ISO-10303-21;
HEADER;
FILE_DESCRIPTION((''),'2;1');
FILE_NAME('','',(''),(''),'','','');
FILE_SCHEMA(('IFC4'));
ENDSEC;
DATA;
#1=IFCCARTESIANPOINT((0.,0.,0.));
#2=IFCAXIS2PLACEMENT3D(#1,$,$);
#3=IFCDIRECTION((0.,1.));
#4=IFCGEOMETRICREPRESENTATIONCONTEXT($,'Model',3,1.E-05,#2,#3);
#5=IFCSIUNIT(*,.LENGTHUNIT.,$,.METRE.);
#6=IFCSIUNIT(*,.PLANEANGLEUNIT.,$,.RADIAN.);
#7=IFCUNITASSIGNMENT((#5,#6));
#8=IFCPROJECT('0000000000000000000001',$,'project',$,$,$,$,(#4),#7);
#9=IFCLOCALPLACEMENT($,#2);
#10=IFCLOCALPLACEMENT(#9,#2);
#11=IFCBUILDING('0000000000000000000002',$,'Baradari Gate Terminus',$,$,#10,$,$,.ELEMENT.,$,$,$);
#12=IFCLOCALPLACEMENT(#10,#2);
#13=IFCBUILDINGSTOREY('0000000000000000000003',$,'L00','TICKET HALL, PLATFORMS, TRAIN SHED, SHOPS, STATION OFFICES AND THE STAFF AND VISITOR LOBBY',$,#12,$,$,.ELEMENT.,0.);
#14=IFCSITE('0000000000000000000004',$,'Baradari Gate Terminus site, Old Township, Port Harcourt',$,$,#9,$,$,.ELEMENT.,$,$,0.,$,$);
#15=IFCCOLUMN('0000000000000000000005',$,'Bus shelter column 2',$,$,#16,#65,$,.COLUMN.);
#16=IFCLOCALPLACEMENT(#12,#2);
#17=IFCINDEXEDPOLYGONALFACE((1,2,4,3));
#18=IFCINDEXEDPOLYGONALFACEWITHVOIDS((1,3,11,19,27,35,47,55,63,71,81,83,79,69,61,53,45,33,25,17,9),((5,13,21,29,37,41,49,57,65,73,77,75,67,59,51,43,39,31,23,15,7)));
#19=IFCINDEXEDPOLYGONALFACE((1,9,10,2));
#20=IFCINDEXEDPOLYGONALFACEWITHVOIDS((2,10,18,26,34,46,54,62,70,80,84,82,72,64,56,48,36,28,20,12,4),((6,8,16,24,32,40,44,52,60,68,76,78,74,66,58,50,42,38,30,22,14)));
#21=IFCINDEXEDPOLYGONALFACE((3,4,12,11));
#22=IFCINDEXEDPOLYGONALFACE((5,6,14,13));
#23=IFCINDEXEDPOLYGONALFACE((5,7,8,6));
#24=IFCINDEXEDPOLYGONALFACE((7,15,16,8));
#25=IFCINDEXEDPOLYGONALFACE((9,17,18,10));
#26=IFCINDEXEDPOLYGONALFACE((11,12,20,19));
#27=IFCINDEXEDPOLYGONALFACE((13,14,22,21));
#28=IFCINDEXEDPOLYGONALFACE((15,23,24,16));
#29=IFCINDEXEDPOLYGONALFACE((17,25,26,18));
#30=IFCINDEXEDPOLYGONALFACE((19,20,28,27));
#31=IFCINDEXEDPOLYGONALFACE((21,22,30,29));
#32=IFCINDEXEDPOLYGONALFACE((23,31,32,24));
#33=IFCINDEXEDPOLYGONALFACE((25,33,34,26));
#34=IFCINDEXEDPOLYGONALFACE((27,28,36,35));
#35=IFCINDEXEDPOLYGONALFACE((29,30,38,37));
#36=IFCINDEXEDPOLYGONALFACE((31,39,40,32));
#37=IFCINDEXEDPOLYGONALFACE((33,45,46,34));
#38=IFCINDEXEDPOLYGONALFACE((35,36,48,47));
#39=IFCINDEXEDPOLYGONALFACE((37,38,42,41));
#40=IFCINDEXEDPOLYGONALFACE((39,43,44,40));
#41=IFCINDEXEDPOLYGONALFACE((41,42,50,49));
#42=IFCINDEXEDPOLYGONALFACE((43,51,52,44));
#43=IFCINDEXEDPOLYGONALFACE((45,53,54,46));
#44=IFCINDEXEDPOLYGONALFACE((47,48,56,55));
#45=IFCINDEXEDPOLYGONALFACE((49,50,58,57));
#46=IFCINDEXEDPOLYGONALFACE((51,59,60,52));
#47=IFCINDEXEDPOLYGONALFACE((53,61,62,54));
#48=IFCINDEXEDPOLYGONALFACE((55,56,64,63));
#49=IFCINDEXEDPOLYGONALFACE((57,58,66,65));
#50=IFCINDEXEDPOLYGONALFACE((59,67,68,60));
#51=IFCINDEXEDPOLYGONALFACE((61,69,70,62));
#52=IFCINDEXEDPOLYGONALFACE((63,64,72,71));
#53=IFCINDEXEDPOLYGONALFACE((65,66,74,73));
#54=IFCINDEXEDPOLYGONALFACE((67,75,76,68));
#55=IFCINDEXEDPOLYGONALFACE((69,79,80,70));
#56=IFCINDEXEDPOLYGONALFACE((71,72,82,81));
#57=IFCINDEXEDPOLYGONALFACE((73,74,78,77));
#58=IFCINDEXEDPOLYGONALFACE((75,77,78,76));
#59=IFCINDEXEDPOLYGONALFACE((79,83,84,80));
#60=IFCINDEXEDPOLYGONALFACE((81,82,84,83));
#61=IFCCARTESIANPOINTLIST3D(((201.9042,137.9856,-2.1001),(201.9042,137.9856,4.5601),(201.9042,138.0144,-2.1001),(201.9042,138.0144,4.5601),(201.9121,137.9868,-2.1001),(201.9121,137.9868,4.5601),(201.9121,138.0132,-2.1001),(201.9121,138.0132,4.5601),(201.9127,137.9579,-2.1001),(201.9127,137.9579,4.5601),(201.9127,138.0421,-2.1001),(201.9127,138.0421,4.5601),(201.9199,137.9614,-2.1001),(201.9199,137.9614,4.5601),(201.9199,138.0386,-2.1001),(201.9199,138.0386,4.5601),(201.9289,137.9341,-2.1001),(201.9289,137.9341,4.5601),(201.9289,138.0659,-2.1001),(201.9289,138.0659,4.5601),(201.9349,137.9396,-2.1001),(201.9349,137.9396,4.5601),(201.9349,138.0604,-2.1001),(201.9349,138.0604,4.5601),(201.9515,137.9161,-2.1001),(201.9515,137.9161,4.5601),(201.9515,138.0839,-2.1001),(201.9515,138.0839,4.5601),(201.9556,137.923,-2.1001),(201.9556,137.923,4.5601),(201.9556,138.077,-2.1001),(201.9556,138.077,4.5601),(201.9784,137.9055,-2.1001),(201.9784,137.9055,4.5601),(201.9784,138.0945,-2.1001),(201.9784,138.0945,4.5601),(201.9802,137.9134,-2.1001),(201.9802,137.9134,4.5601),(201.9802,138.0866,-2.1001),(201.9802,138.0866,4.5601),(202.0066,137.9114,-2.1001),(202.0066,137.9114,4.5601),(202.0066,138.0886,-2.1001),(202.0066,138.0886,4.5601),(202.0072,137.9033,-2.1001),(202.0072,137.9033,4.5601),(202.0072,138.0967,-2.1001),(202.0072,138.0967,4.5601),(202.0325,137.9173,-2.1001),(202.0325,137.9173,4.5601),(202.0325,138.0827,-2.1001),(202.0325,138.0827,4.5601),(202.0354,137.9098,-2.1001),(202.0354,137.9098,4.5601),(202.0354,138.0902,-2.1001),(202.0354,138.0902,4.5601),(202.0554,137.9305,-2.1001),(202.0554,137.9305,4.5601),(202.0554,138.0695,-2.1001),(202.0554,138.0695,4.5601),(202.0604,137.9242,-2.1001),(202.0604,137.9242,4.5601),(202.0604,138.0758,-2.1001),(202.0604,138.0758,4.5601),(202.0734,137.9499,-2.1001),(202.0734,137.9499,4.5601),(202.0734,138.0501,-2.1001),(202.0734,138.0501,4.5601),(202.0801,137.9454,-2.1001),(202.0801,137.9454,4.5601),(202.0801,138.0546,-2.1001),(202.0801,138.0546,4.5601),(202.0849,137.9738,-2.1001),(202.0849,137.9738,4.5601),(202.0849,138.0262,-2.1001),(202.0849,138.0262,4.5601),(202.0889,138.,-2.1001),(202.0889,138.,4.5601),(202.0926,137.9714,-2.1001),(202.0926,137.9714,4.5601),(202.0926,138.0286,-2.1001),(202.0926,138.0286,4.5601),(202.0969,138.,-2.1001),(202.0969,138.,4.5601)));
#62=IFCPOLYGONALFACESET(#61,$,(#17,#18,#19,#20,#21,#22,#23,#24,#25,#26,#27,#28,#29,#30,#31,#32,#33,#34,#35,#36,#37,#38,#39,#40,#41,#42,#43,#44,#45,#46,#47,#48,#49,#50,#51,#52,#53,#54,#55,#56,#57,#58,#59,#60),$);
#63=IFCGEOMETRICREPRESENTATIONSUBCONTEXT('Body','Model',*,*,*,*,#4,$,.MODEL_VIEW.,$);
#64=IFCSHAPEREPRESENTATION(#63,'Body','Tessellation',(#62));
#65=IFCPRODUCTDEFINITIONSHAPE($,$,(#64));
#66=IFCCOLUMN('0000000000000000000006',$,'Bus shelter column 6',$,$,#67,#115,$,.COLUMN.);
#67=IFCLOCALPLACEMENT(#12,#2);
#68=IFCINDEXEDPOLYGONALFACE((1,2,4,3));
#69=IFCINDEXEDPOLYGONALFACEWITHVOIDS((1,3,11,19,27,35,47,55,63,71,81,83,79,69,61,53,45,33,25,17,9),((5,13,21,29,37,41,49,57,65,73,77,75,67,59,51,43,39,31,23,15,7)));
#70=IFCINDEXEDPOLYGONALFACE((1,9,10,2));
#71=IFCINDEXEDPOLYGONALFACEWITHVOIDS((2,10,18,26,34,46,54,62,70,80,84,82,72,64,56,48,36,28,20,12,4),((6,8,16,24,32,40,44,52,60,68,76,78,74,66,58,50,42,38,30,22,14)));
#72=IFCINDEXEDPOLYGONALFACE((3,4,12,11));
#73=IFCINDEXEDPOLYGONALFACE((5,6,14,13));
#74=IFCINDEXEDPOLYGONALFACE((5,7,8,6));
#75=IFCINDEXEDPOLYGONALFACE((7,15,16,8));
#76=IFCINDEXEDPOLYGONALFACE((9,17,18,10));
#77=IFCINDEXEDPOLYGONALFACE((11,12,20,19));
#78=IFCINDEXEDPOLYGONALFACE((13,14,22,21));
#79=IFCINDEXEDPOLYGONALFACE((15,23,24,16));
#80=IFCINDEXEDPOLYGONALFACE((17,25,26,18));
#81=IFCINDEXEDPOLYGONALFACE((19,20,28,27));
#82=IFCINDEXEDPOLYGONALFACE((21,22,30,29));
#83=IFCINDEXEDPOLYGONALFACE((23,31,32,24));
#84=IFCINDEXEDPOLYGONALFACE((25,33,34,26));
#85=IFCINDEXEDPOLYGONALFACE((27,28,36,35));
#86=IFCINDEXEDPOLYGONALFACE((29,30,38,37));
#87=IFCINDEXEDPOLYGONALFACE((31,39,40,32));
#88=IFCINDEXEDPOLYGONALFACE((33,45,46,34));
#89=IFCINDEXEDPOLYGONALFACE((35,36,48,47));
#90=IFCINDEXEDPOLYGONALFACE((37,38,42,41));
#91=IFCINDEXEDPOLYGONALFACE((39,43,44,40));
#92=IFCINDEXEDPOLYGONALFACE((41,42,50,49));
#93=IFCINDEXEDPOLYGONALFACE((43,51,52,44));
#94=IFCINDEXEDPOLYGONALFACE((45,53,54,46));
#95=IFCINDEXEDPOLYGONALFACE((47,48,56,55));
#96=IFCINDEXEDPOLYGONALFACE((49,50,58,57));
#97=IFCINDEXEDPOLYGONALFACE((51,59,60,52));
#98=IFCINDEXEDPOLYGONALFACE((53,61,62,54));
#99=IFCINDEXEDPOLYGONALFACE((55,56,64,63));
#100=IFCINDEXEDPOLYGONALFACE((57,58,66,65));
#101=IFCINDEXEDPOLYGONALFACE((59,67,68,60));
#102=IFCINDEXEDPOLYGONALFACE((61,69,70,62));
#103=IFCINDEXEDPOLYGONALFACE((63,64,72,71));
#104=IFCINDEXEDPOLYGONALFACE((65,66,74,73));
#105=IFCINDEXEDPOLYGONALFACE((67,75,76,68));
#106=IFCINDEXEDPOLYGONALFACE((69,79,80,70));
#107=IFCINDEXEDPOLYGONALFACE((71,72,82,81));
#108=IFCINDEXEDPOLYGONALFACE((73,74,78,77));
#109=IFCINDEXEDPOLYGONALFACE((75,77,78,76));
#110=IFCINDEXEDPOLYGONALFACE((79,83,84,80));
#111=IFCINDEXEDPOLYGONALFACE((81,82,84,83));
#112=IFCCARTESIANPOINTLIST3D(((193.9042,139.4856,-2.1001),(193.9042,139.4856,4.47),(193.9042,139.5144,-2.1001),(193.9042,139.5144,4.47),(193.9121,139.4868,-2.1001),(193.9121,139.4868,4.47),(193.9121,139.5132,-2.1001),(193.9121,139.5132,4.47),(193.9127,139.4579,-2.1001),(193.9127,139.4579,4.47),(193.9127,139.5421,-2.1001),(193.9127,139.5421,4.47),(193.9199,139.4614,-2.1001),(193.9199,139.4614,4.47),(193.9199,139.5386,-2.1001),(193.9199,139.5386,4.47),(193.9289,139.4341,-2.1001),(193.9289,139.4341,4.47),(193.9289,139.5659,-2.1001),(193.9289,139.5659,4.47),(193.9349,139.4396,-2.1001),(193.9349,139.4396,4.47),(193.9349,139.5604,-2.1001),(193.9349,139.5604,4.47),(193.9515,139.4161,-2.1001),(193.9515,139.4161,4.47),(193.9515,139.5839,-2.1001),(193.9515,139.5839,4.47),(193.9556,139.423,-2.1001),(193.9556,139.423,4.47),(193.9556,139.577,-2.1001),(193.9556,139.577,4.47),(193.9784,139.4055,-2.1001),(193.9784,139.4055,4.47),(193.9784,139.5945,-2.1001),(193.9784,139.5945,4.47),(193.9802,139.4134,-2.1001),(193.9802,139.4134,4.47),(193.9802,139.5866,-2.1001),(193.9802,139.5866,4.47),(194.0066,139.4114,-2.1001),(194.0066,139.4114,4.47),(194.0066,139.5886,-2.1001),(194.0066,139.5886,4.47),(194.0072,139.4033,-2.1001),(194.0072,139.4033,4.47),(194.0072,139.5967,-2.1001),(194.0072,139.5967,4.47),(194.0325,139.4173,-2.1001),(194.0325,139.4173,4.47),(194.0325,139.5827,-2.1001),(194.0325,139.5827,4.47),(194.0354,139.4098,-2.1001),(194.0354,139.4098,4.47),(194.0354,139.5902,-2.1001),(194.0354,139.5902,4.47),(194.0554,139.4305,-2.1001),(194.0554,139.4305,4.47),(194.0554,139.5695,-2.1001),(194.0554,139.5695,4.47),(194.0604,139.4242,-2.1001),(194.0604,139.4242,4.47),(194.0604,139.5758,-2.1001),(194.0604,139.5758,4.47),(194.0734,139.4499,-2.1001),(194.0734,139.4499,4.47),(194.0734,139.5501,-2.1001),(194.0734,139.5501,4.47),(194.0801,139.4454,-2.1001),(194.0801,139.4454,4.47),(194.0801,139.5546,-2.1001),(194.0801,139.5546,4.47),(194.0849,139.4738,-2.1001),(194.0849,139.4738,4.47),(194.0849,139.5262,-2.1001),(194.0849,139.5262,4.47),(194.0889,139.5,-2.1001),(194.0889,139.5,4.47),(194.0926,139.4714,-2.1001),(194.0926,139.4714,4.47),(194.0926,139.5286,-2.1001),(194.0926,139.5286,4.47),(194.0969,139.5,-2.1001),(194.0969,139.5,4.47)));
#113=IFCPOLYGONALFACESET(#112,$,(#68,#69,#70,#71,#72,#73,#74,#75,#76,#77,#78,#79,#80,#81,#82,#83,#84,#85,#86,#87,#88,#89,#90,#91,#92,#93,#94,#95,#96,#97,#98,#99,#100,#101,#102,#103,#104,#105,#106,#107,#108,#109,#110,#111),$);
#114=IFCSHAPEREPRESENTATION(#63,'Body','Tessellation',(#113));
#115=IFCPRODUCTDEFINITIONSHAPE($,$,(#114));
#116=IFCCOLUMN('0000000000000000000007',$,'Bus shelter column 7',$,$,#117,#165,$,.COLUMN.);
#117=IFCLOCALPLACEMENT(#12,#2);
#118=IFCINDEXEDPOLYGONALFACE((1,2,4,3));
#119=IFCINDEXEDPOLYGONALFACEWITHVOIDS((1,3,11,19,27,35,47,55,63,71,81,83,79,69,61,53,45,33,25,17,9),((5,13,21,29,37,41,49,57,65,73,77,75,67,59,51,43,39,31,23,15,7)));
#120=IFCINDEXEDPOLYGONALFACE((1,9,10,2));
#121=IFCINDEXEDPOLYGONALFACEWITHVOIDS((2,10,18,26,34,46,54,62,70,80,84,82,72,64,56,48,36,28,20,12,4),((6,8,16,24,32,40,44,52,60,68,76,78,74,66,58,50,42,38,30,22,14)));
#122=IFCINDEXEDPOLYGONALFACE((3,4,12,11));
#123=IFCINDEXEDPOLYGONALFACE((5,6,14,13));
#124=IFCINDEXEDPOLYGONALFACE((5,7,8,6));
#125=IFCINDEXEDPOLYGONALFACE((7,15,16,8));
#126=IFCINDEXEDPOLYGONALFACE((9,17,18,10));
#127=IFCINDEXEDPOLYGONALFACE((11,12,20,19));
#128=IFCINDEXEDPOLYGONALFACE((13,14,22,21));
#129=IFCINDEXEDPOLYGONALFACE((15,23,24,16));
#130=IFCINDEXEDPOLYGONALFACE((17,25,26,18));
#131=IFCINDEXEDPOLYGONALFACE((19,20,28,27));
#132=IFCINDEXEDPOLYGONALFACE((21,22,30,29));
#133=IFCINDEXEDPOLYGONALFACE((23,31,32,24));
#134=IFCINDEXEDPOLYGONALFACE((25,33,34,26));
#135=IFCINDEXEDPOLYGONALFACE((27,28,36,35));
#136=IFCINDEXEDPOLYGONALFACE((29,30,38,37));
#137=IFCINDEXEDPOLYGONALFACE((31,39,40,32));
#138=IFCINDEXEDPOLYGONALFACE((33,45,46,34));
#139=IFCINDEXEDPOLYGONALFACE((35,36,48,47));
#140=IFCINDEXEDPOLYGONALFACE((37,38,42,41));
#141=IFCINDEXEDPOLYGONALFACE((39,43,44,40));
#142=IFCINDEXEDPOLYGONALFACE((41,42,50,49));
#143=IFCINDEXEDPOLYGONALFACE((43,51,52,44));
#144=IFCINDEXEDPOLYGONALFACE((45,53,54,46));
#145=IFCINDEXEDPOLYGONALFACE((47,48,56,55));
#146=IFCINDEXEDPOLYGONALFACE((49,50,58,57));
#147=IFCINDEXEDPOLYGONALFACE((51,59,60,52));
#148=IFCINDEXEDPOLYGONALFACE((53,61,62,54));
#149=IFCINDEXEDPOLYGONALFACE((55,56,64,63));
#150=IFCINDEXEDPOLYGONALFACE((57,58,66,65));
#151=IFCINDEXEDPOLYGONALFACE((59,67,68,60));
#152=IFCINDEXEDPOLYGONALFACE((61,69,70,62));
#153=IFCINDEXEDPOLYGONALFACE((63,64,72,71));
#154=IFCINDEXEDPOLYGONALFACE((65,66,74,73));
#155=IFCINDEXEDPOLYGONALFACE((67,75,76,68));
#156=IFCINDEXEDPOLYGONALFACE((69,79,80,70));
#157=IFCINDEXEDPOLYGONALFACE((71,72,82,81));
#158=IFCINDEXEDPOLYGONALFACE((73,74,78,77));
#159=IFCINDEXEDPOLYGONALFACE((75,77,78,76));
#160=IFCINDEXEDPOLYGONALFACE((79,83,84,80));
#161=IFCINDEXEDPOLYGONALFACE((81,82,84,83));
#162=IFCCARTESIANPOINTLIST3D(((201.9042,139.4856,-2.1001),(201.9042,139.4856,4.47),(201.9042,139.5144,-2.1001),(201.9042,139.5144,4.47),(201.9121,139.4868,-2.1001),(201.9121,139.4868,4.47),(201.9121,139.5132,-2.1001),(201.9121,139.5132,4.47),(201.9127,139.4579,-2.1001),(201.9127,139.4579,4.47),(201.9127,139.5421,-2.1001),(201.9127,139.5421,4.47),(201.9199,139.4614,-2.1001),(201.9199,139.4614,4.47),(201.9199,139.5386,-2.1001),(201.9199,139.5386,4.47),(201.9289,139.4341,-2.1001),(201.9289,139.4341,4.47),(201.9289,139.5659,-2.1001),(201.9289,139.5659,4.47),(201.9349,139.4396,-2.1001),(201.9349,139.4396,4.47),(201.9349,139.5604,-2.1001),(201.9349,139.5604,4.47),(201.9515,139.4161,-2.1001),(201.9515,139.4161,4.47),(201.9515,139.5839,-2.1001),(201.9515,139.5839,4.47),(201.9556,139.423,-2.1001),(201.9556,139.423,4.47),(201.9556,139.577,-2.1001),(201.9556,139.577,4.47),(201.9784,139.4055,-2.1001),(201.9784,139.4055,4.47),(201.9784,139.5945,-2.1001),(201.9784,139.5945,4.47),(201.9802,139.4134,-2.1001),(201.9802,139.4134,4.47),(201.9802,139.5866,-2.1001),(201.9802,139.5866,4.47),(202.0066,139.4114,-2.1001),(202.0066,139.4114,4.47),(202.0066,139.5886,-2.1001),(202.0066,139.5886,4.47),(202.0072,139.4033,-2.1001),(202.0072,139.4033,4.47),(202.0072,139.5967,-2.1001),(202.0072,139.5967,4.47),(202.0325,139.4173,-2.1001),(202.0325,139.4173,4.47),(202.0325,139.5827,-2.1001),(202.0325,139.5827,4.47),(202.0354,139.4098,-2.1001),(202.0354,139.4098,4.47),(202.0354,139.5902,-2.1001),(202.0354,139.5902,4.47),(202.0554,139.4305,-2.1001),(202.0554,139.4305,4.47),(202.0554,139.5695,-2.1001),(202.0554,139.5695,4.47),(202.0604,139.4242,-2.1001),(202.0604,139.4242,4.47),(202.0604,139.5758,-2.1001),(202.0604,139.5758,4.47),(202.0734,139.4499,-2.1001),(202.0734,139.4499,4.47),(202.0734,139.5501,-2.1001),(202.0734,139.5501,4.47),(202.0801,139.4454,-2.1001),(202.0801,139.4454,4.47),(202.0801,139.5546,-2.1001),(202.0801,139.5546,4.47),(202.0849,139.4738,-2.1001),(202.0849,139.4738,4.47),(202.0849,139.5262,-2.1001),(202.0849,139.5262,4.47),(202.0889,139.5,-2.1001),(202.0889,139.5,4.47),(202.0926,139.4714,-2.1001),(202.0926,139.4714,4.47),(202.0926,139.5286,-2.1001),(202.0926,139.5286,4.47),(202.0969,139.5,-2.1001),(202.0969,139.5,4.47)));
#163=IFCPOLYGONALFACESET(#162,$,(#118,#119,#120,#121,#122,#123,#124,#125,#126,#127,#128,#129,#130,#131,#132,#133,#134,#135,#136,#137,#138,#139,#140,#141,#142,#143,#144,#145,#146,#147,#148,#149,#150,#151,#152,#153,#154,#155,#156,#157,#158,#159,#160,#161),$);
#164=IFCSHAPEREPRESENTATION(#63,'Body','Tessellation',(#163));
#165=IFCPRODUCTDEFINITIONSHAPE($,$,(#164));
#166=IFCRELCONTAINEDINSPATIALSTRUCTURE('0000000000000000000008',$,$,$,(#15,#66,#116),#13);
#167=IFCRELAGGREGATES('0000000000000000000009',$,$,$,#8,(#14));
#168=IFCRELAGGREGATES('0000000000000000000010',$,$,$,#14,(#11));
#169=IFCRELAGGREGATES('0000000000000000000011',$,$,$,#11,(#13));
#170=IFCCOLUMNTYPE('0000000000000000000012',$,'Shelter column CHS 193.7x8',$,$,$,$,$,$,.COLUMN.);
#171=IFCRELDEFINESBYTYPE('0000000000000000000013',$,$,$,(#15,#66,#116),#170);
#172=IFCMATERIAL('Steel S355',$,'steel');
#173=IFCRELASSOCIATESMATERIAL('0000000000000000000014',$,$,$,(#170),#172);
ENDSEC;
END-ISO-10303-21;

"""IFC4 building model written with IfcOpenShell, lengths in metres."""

from ifc_helpers import new_model, si_unit, direction, frame, origin, origin_2d, place, context, subcontext, project, spatial, hollow_circle, extrude, material, material_profile, profile_set, type_object, element, save


model = new_model("IFC4")

# Units and contexts
model_context = context("Model", 3, precision=1e-05, world=origin(), true_north=direction((0.0, 1.0)))
body_context = subcontext(model_context, "Body", "Model", "MODEL_VIEW")
ifc_project = project(units=[si_unit("LENGTHUNIT", "METRE"), si_unit("PLANEANGLEUNIT", "RADIAN")], contexts=[model_context])

# Site, building, storey
site_placement = place(None, origin())
site = spatial("IfcSite", under=ifc_project, at=site_placement, Name="Baradari Gate Terminus site, Old Township, Port Harcourt", CompositionType="ELEMENT", RefElevation=0.0)
building_placement = place(site_placement, origin())
building = spatial("IfcBuilding", under=site, at=building_placement, Name="Baradari Gate Terminus", CompositionType="ELEMENT")
storey_placement = place(building_placement, origin())
storey = spatial("IfcBuildingStorey", under=building, at=storey_placement, Name="L00", Description="TICKET HALL, PLATFORMS, TRAIN SHED, SHOPS, STATION OFFICES AND THE STAFF AND VISITOR LOBBY", CompositionType="ELEMENT", Elevation=0.0)

# Columns
ifc_material_1 = material(Name="Steel S355", Category="steel")
ifc_material_profile_1 = material_profile(ifc_material_1, hollow_circle(Radius=0.0969, WallThickness=0.0081, at=origin_2d()), Name="CHS 193.7x8")
ifc_profile_set_1 = profile_set([ifc_material_profile_1], Name="Steel S355")
column_type = type_object("IfcColumnType", Name="Shelter column CHS 193.7x8", PredefinedType="COLUMN", material=ifc_profile_set_1)
for number, where, z_axis, x_axis, name in (
    (1, (202.0, 138.0, -2.1001), (0.0, 0.0, 1.0), (1.0, 0.0, 0.0), "Bus shelter column 2"),
):
    element("IfcColumn", number, at=place(storey_placement, frame(where, z_axis=z_axis, x_axis=x_axis)), inside=storey, type_object=column_type, Name=name, PredefinedType="COLUMN", context=body_context, shape_type="SweptSolid", body=[
        extrude(hollow_circle(Radius=0.0969, WallThickness=0.0081, at=origin_2d()), origin(), (0.0, 0.0, 1.0), 6.6602),
    ])
for number, where, z_axis, x_axis, name in (
    (2, (194.0, 139.5, -2.1001), (0.0, 0.0, 1.0), (1.0, 0.0, 0.0), "Bus shelter column 6"),
    (3, (202.0, 139.5, -2.1001), (0.0, 0.0, 1.0), (1.0, 0.0, 0.0), "Bus shelter column 7"),
):
    element("IfcColumn", number, at=place(storey_placement, frame(where, z_axis=z_axis, x_axis=x_axis)), inside=storey, type_object=column_type, Name=name, PredefinedType="COLUMN", context=body_context, shape_type="SweptSolid", body=[
        extrude(hollow_circle(Radius=0.0969, WallThickness=0.0081, at=origin_2d()), origin(), (0.0, 0.0, 1.0), 6.5701),
    ])

save(model, "model.ifc")
